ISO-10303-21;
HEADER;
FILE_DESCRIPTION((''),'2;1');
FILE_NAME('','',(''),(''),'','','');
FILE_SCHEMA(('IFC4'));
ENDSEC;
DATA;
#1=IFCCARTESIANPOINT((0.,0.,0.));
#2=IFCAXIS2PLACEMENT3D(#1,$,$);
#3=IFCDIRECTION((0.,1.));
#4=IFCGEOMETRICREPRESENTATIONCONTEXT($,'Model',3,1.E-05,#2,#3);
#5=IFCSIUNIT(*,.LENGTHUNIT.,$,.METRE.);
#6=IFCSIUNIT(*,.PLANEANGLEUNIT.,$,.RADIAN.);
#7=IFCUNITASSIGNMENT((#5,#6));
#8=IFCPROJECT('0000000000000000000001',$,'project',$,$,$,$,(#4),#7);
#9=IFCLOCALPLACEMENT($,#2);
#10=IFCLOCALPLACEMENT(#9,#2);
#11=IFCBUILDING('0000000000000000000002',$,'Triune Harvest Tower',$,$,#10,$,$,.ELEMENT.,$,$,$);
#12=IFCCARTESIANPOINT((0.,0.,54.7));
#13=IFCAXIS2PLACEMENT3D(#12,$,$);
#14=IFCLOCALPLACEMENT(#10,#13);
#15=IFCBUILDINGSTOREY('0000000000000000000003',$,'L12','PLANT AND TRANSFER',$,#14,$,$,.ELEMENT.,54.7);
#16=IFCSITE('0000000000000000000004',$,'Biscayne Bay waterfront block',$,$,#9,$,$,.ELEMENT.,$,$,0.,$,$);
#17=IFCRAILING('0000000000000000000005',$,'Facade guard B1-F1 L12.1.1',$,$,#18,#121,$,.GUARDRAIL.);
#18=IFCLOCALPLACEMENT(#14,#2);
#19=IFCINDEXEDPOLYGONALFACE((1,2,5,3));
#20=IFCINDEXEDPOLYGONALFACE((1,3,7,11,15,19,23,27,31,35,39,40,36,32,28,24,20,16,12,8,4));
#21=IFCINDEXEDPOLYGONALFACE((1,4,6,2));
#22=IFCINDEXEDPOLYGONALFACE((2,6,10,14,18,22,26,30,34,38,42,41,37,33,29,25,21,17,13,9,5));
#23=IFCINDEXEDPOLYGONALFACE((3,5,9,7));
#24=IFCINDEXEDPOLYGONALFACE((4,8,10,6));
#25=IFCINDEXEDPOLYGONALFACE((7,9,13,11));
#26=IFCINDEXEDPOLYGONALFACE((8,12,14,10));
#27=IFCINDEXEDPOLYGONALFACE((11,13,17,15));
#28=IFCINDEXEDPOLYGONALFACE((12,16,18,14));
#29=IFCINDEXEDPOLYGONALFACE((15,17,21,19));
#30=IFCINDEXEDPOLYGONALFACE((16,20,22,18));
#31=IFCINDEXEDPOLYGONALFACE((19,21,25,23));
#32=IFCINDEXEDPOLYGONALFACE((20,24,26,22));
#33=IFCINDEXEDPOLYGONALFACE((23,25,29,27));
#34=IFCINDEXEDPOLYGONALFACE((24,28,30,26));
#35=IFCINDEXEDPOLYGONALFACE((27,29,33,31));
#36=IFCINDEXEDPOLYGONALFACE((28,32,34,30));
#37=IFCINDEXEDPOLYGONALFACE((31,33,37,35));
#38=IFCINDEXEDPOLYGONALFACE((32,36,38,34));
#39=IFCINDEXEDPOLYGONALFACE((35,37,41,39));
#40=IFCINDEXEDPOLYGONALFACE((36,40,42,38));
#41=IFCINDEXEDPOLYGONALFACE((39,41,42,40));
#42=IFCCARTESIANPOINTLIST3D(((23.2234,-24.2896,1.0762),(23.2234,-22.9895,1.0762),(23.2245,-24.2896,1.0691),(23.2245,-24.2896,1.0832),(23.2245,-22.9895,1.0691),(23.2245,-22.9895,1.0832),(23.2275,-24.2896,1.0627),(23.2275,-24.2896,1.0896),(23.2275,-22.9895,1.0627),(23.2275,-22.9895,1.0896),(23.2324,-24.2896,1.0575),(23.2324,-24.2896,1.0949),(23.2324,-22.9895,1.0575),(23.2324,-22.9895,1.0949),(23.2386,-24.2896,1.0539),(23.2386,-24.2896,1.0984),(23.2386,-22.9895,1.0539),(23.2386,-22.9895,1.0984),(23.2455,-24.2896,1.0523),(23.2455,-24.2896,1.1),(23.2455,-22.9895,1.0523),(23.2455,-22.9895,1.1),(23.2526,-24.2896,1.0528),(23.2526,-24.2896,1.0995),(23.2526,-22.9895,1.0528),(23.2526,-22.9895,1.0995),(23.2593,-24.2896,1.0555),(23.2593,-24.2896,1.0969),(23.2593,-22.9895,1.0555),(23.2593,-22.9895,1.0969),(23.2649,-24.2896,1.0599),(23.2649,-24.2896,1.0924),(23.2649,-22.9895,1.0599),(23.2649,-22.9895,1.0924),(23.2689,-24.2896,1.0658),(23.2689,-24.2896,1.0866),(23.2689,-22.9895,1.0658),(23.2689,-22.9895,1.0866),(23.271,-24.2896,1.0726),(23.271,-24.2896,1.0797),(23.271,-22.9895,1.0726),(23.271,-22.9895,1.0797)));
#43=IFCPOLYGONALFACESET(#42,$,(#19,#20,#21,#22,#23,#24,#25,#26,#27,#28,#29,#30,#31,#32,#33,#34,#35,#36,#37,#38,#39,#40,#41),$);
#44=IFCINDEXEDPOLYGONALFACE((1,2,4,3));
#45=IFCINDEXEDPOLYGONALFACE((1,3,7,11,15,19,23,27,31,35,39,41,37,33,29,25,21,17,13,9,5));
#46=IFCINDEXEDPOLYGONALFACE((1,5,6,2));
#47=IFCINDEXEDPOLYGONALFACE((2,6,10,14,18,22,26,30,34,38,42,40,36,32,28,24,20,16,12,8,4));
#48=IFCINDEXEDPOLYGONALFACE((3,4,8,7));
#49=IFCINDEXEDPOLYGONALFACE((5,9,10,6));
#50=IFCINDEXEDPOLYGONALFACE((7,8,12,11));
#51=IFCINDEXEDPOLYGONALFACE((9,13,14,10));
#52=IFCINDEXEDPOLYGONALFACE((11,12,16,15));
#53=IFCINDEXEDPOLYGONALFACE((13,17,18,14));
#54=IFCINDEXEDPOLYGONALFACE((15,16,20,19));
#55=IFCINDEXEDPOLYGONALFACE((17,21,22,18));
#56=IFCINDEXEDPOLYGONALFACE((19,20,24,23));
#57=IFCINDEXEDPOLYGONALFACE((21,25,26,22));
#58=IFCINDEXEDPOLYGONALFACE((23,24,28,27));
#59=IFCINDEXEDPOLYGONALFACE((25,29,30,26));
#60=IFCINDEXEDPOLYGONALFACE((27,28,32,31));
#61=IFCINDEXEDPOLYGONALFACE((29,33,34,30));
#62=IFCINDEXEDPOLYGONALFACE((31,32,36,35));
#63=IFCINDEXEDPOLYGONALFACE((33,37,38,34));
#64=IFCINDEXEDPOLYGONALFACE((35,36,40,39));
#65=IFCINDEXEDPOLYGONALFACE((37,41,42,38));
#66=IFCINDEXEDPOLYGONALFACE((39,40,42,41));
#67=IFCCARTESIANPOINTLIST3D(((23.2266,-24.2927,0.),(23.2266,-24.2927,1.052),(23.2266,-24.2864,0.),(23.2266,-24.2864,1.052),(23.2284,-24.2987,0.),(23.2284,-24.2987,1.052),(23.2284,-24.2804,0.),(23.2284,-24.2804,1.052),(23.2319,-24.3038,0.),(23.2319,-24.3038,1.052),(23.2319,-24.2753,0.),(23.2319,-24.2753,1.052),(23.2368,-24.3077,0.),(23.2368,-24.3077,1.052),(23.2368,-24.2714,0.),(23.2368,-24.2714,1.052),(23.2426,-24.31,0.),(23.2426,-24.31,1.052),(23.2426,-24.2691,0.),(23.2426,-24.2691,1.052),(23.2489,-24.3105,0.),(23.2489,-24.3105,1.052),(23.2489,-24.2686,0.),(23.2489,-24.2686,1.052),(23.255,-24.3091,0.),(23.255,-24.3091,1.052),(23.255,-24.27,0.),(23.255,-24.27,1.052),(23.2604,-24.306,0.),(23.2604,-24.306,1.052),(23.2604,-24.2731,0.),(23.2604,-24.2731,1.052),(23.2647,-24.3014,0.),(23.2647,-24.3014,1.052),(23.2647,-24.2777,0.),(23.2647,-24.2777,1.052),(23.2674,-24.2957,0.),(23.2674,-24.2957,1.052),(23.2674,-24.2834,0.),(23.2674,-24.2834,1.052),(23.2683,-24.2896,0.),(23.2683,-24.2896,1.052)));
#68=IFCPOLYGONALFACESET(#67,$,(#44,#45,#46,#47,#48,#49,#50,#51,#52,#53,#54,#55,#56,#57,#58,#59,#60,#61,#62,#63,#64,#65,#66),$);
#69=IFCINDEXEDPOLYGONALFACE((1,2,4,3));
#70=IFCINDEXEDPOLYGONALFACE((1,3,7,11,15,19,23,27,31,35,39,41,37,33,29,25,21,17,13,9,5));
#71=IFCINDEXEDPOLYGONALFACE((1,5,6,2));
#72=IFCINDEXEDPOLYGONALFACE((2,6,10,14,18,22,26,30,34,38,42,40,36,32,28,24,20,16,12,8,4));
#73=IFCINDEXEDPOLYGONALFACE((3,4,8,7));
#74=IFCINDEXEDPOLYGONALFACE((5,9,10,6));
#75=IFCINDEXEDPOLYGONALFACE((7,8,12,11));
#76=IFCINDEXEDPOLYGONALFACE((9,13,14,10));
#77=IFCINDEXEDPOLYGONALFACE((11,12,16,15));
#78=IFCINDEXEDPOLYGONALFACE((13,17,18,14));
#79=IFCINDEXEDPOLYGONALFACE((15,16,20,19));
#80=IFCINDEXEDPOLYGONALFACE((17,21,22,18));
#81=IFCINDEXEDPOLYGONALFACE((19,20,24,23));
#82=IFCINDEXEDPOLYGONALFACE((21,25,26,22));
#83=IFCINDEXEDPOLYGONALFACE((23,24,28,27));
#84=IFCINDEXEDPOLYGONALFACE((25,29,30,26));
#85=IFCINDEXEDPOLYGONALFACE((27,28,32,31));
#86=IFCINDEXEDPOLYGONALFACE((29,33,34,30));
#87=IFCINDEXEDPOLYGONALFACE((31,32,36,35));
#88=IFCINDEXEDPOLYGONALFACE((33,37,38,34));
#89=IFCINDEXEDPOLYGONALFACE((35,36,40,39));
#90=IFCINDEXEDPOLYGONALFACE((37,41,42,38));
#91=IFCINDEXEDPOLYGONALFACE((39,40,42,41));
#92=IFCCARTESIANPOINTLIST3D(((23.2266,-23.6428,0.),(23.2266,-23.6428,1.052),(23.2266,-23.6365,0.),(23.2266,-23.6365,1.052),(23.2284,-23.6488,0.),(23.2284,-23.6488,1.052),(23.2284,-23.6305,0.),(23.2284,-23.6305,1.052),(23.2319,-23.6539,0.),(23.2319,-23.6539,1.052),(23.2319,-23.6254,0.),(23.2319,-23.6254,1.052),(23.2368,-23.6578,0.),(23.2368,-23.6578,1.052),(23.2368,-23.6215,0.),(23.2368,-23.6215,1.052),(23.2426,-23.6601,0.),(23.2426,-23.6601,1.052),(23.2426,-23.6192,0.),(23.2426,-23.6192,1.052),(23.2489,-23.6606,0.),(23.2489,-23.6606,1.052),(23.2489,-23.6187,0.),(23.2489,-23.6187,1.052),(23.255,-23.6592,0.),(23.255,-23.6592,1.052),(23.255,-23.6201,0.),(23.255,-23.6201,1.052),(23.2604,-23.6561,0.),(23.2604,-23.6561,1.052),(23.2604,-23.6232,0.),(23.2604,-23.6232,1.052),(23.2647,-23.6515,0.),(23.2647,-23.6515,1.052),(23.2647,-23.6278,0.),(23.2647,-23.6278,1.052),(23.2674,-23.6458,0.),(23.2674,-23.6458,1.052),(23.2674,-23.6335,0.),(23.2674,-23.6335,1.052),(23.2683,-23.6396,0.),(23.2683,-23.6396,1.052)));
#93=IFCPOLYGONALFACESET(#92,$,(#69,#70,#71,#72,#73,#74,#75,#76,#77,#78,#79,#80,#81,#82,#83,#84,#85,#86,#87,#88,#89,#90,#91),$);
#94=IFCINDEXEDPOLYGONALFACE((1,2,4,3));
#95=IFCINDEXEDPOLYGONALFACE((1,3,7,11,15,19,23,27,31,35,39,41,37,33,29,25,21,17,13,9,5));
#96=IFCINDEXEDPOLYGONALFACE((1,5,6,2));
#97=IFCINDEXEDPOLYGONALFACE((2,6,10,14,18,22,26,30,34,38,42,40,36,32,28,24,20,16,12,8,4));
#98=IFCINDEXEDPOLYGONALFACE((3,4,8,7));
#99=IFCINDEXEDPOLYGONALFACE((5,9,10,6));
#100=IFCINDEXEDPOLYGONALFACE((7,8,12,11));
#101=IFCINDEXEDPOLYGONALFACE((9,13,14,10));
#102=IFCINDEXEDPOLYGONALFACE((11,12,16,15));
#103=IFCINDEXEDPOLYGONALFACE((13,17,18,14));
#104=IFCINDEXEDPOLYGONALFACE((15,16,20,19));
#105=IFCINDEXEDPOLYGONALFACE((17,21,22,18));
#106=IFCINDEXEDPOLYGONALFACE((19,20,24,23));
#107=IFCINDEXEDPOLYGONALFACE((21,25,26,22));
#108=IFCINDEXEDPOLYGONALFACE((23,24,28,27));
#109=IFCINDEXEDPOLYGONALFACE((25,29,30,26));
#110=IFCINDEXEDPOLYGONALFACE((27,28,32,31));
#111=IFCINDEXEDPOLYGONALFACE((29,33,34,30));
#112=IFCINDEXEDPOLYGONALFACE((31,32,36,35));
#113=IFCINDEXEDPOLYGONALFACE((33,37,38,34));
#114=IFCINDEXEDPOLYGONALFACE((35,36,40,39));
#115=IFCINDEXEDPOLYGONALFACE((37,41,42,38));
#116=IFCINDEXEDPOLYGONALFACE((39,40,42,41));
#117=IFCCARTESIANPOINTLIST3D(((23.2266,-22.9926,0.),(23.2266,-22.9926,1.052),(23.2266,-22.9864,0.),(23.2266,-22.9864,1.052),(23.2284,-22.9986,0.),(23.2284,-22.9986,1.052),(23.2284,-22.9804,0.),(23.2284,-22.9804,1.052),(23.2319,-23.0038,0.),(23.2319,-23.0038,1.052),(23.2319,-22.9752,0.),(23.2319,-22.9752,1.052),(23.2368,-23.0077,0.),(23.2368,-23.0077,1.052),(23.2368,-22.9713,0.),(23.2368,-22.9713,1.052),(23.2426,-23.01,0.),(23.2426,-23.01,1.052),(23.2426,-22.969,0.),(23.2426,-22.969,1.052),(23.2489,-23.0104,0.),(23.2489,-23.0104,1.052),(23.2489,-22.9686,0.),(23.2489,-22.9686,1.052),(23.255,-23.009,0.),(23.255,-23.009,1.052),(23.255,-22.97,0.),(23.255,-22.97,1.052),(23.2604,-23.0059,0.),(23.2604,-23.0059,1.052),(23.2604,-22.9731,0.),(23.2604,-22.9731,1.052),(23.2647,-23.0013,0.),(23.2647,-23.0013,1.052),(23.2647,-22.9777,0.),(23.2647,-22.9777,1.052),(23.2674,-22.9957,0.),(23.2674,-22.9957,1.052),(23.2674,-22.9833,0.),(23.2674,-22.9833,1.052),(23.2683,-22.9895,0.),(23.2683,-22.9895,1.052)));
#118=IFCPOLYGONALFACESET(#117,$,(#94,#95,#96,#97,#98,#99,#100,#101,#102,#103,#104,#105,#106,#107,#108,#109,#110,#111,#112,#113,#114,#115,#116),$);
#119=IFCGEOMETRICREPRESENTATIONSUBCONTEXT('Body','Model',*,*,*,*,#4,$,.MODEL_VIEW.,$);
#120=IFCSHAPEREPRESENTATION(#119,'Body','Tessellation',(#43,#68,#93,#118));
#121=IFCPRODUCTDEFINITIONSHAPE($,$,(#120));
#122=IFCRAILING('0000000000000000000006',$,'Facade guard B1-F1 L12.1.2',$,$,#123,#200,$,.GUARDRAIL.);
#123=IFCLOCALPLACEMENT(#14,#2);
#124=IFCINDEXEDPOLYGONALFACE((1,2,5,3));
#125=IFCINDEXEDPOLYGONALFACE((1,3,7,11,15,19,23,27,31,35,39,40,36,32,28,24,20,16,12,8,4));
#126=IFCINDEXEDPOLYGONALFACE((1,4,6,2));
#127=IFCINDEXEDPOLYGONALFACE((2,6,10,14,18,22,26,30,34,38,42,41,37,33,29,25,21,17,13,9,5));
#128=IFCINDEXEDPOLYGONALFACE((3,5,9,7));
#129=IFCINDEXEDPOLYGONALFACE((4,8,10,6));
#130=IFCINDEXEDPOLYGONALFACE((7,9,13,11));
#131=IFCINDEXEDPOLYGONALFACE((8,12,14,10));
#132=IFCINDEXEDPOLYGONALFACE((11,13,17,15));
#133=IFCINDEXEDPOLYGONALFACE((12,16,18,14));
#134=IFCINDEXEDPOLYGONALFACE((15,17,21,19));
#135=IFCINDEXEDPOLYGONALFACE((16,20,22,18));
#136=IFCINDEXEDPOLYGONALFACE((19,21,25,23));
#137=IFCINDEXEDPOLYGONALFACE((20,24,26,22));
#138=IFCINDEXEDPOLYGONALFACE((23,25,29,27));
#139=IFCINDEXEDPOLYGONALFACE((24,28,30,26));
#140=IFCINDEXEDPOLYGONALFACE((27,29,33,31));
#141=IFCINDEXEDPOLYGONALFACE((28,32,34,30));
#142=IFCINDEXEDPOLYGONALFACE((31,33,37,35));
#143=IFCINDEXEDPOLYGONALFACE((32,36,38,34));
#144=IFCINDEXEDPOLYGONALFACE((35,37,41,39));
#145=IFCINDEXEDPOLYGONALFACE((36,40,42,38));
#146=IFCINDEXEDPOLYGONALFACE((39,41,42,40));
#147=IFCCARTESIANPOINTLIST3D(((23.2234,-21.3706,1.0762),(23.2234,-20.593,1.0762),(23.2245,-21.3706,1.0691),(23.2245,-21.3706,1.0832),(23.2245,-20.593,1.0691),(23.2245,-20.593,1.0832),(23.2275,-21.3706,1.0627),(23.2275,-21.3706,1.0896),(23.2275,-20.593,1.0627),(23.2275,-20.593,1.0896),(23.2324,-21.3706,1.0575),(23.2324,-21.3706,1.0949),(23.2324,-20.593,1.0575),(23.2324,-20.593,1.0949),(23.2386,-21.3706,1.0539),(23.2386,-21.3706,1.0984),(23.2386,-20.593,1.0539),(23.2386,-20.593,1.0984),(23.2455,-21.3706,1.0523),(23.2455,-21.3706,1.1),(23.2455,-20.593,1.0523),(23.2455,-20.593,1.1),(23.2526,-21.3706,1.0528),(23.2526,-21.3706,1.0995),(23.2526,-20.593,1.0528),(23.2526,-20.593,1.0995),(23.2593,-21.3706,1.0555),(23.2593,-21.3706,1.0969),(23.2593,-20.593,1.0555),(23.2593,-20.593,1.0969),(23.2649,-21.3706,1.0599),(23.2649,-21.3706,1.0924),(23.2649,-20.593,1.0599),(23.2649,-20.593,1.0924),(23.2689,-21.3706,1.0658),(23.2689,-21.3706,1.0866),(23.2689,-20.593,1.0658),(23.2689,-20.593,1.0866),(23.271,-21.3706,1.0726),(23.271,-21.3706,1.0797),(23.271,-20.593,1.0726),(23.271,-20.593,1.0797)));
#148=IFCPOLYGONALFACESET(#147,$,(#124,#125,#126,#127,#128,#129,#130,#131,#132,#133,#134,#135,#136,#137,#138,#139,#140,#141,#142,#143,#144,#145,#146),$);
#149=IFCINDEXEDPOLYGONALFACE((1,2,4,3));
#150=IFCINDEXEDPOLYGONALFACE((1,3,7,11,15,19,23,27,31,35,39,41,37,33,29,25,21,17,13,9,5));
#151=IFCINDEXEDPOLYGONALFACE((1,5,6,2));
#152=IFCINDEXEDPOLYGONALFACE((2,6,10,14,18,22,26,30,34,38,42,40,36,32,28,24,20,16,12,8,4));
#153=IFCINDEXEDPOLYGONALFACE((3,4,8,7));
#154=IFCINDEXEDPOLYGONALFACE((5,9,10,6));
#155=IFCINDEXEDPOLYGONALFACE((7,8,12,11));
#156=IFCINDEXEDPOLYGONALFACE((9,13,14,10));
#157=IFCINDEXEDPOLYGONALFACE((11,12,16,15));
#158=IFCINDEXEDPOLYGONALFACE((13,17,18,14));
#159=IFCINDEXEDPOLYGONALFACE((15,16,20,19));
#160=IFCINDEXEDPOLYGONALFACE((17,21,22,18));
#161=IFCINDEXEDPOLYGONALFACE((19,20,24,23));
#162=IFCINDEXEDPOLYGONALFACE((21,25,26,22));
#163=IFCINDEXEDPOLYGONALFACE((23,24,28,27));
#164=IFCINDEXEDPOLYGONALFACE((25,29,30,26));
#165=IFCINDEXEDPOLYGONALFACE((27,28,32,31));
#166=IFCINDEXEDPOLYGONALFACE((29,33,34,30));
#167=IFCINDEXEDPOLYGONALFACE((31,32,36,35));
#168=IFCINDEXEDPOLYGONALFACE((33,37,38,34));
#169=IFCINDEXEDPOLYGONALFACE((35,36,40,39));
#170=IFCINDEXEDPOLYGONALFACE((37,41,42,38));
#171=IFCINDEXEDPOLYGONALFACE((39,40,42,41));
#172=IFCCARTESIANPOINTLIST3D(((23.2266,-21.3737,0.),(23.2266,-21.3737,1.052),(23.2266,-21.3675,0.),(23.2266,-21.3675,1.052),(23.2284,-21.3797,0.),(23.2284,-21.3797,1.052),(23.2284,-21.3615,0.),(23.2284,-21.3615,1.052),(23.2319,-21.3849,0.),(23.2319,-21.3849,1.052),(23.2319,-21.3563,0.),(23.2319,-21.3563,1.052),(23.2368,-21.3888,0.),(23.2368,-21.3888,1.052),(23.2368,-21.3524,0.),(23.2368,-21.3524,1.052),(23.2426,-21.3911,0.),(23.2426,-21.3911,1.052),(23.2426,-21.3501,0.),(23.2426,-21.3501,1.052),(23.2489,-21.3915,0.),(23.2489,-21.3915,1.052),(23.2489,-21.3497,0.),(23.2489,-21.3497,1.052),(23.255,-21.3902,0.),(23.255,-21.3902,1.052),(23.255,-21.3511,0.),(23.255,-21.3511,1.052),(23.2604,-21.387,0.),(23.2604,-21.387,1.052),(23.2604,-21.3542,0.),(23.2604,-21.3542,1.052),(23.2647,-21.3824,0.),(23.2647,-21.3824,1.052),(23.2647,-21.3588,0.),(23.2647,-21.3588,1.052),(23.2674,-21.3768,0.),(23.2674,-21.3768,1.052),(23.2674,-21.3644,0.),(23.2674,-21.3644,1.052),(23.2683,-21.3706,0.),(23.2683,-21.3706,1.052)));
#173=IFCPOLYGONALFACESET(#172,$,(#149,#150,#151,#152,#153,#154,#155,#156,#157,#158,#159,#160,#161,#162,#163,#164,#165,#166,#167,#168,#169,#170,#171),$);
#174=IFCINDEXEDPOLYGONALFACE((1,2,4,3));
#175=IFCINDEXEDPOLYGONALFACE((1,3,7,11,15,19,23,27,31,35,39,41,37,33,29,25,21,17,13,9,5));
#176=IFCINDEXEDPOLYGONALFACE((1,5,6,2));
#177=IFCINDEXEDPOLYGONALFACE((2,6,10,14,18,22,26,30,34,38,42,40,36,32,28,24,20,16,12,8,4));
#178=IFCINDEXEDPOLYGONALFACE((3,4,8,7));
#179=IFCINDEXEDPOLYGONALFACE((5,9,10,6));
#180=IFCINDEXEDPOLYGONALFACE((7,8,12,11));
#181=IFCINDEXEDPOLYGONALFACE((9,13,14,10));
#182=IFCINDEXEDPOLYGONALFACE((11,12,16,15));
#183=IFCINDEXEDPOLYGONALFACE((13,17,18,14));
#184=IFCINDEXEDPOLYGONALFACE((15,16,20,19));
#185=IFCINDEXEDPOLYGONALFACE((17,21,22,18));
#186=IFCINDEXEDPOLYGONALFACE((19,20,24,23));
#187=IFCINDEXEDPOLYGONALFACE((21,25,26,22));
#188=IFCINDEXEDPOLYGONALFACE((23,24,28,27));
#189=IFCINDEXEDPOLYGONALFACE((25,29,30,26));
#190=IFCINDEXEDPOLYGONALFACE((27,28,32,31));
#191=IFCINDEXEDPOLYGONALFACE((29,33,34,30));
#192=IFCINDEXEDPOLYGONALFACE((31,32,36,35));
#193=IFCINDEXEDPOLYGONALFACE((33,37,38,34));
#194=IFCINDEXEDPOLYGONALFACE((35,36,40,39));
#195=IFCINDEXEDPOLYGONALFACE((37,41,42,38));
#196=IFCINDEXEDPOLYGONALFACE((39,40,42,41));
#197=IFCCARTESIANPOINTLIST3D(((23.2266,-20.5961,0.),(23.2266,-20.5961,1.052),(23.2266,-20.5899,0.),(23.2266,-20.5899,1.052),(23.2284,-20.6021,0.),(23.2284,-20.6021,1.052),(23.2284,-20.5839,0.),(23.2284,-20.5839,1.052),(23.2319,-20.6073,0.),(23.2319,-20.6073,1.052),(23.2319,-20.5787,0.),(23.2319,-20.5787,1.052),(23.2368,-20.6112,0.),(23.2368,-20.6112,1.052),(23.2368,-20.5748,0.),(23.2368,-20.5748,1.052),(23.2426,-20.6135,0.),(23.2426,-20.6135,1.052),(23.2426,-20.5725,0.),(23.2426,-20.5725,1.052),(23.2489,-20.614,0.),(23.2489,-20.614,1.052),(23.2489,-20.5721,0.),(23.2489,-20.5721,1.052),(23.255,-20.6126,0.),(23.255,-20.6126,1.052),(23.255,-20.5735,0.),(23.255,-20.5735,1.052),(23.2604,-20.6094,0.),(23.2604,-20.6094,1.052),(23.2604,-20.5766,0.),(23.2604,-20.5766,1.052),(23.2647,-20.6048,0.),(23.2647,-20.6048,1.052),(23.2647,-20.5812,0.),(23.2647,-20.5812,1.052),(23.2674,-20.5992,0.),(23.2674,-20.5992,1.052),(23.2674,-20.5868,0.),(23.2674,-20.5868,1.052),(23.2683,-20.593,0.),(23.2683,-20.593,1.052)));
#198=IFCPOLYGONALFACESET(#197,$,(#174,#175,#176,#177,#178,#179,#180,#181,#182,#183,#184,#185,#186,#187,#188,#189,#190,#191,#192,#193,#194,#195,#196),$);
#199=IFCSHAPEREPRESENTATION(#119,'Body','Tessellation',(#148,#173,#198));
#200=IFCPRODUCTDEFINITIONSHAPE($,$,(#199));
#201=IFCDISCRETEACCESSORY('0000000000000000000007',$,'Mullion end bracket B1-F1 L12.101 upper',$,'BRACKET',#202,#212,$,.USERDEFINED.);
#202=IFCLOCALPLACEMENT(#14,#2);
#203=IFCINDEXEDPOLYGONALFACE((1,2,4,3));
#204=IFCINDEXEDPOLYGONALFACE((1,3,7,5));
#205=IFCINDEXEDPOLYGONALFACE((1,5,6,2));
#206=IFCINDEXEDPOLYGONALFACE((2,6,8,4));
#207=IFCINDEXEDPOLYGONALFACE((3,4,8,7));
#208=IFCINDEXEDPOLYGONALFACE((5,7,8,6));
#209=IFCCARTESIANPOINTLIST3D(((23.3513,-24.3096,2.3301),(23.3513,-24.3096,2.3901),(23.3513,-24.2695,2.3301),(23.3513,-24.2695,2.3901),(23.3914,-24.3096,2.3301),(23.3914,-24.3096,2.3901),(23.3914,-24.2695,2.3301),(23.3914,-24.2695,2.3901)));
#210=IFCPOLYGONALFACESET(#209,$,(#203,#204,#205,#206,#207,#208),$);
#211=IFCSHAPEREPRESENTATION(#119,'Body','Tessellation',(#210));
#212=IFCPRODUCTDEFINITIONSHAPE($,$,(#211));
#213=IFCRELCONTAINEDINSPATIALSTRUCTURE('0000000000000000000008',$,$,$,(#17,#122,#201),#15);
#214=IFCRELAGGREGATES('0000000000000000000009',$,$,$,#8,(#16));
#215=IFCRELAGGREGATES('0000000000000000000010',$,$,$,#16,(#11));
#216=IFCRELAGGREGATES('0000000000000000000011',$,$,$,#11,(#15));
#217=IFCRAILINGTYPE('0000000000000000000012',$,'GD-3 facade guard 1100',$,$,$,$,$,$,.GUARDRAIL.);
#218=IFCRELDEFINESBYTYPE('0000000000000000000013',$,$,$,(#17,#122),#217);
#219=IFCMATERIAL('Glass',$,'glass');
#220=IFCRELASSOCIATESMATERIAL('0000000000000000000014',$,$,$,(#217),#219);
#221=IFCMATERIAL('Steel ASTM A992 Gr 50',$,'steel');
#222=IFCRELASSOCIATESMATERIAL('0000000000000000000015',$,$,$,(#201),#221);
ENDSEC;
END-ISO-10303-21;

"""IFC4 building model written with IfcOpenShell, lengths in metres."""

from ifc_helpers import new_model, si_unit, direction, frame, origin, origin_2d, place, context, subcontext, project, spatial, rectangle, circle, extrude, source, transform, mapped, material, type_object, element, save


model = new_model("IFC4")

# Units and contexts
model_context = context("Model", 3, precision=1e-05, world=origin(), true_north=direction((0.0, 1.0)))
body_context = subcontext(model_context, "Body", "Model", "MODEL_VIEW")
ifc_project = project(units=[si_unit("LENGTHUNIT", "METRE"), si_unit("PLANEANGLEUNIT", "RADIAN")], contexts=[model_context])

# Site, building, storey
site_placement = place(None, origin())
site = spatial("IfcSite", under=ifc_project, at=site_placement, Name="Biscayne Bay waterfront block", CompositionType="ELEMENT", RefElevation=0.0)
building_placement = place(site_placement, origin())
building = spatial("IfcBuilding", under=site, at=building_placement, Name="Triune Harvest Tower", CompositionType="ELEMENT")
storey_placement = place(building_placement, frame((0.0, 0.0, 54.7)))
storey = spatial("IfcBuildingStorey", under=building, at=storey_placement, Name="L12", Description="PLANT AND TRANSFER", CompositionType="ELEMENT", Elevation=54.7)

# Railings
ifc_material_1 = material(Name="Glass", Category="glass")
railing_type = type_object("IfcRailingType", Name="GD-3 facade guard 1100", PredefinedType="GUARDRAIL", material=ifc_material_1)
railing_1_placement = place(storey_placement, frame((23.2473, -24.2896, 0.0)))
element("IfcRailing", 1, at=railing_1_placement, inside=storey, type_object=railing_type, Name="Facade guard B1-F1 L12.1.1", PredefinedType="GUARDRAIL", context=body_context, shape_type="SweptSolid", body=[
    extrude(circle(Radius=0.0239, at=origin_2d()), frame((0.0, 0.0, 1.0762), z_axis=(0.0, 1.0, 0.0), x_axis=(-1.0, 0.0, 0.0)), (0.0, 0.0, 1.0), 1.3),
    extrude(circle(Radius=0.021, at=origin_2d()), origin(), (0.0, 0.0, 1.0), 1.052),
    extrude(circle(Radius=0.021, at=origin_2d()), frame((0.0, 0.6499, 0.0)), (0.0, 0.0, 1.0), 1.052),
    extrude(circle(Radius=0.021, at=origin_2d()), frame((0.0, 1.3, 0.0)), (0.0, 0.0, 1.0), 1.052),
])
railing_2_placement = place(storey_placement, frame((23.2473, -21.3706, 0.0)))
element("IfcRailing", 2, at=railing_2_placement, inside=storey, type_object=railing_type, Name="Facade guard B1-F1 L12.1.2", PredefinedType="GUARDRAIL", context=body_context, shape_type="SweptSolid", body=[
    extrude(circle(Radius=0.0239, at=origin_2d()), frame((0.0, 0.0, 1.0762), z_axis=(0.0, 1.0, 0.0), x_axis=(-1.0, 0.0, 0.0)), (0.0, 0.0, 1.0), 0.7776),
    extrude(circle(Radius=0.021, at=origin_2d()), origin(), (0.0, 0.0, 1.0), 1.052),
    extrude(circle(Radius=0.021, at=origin_2d()), frame((0.0, 0.7776, 0.0)), (0.0, 0.0, 1.0), 1.052),
])

# Discrete accessory
ifc_material_2 = material(Name="Steel ASTM A992 Gr 50", Category="steel")
shared_shape_1 = source(origin(), body_context, "Body", "SweptSolid", [
    extrude(rectangle(XDim=0.04, YDim=0.04, at=origin_2d()), origin(), (0.0, 0.0, 1.0), 0.0601),
])
for number, where, z_axis, x_axis, name in (
    (3, (23.3713, -24.2896, 2.3301), (0.0, 0.0, 1.0), (0.0, 1.0, 0.0), "Mullion end bracket B1-F1 L12.101 upper"),
):
    element("IfcDiscreteAccessory", number, at=place(storey_placement, frame(where, z_axis=z_axis, x_axis=x_axis)), inside=storey, material=ifc_material_2, Name=name, ObjectType="BRACKET", PredefinedType="USERDEFINED", context=body_context, shape_type="MappedRepresentation", body=[
        mapped(shared_shape_1, transform((0.0, 0.0, 0.0), scale=1.0)),
    ])

save(model, "model.ifc")
